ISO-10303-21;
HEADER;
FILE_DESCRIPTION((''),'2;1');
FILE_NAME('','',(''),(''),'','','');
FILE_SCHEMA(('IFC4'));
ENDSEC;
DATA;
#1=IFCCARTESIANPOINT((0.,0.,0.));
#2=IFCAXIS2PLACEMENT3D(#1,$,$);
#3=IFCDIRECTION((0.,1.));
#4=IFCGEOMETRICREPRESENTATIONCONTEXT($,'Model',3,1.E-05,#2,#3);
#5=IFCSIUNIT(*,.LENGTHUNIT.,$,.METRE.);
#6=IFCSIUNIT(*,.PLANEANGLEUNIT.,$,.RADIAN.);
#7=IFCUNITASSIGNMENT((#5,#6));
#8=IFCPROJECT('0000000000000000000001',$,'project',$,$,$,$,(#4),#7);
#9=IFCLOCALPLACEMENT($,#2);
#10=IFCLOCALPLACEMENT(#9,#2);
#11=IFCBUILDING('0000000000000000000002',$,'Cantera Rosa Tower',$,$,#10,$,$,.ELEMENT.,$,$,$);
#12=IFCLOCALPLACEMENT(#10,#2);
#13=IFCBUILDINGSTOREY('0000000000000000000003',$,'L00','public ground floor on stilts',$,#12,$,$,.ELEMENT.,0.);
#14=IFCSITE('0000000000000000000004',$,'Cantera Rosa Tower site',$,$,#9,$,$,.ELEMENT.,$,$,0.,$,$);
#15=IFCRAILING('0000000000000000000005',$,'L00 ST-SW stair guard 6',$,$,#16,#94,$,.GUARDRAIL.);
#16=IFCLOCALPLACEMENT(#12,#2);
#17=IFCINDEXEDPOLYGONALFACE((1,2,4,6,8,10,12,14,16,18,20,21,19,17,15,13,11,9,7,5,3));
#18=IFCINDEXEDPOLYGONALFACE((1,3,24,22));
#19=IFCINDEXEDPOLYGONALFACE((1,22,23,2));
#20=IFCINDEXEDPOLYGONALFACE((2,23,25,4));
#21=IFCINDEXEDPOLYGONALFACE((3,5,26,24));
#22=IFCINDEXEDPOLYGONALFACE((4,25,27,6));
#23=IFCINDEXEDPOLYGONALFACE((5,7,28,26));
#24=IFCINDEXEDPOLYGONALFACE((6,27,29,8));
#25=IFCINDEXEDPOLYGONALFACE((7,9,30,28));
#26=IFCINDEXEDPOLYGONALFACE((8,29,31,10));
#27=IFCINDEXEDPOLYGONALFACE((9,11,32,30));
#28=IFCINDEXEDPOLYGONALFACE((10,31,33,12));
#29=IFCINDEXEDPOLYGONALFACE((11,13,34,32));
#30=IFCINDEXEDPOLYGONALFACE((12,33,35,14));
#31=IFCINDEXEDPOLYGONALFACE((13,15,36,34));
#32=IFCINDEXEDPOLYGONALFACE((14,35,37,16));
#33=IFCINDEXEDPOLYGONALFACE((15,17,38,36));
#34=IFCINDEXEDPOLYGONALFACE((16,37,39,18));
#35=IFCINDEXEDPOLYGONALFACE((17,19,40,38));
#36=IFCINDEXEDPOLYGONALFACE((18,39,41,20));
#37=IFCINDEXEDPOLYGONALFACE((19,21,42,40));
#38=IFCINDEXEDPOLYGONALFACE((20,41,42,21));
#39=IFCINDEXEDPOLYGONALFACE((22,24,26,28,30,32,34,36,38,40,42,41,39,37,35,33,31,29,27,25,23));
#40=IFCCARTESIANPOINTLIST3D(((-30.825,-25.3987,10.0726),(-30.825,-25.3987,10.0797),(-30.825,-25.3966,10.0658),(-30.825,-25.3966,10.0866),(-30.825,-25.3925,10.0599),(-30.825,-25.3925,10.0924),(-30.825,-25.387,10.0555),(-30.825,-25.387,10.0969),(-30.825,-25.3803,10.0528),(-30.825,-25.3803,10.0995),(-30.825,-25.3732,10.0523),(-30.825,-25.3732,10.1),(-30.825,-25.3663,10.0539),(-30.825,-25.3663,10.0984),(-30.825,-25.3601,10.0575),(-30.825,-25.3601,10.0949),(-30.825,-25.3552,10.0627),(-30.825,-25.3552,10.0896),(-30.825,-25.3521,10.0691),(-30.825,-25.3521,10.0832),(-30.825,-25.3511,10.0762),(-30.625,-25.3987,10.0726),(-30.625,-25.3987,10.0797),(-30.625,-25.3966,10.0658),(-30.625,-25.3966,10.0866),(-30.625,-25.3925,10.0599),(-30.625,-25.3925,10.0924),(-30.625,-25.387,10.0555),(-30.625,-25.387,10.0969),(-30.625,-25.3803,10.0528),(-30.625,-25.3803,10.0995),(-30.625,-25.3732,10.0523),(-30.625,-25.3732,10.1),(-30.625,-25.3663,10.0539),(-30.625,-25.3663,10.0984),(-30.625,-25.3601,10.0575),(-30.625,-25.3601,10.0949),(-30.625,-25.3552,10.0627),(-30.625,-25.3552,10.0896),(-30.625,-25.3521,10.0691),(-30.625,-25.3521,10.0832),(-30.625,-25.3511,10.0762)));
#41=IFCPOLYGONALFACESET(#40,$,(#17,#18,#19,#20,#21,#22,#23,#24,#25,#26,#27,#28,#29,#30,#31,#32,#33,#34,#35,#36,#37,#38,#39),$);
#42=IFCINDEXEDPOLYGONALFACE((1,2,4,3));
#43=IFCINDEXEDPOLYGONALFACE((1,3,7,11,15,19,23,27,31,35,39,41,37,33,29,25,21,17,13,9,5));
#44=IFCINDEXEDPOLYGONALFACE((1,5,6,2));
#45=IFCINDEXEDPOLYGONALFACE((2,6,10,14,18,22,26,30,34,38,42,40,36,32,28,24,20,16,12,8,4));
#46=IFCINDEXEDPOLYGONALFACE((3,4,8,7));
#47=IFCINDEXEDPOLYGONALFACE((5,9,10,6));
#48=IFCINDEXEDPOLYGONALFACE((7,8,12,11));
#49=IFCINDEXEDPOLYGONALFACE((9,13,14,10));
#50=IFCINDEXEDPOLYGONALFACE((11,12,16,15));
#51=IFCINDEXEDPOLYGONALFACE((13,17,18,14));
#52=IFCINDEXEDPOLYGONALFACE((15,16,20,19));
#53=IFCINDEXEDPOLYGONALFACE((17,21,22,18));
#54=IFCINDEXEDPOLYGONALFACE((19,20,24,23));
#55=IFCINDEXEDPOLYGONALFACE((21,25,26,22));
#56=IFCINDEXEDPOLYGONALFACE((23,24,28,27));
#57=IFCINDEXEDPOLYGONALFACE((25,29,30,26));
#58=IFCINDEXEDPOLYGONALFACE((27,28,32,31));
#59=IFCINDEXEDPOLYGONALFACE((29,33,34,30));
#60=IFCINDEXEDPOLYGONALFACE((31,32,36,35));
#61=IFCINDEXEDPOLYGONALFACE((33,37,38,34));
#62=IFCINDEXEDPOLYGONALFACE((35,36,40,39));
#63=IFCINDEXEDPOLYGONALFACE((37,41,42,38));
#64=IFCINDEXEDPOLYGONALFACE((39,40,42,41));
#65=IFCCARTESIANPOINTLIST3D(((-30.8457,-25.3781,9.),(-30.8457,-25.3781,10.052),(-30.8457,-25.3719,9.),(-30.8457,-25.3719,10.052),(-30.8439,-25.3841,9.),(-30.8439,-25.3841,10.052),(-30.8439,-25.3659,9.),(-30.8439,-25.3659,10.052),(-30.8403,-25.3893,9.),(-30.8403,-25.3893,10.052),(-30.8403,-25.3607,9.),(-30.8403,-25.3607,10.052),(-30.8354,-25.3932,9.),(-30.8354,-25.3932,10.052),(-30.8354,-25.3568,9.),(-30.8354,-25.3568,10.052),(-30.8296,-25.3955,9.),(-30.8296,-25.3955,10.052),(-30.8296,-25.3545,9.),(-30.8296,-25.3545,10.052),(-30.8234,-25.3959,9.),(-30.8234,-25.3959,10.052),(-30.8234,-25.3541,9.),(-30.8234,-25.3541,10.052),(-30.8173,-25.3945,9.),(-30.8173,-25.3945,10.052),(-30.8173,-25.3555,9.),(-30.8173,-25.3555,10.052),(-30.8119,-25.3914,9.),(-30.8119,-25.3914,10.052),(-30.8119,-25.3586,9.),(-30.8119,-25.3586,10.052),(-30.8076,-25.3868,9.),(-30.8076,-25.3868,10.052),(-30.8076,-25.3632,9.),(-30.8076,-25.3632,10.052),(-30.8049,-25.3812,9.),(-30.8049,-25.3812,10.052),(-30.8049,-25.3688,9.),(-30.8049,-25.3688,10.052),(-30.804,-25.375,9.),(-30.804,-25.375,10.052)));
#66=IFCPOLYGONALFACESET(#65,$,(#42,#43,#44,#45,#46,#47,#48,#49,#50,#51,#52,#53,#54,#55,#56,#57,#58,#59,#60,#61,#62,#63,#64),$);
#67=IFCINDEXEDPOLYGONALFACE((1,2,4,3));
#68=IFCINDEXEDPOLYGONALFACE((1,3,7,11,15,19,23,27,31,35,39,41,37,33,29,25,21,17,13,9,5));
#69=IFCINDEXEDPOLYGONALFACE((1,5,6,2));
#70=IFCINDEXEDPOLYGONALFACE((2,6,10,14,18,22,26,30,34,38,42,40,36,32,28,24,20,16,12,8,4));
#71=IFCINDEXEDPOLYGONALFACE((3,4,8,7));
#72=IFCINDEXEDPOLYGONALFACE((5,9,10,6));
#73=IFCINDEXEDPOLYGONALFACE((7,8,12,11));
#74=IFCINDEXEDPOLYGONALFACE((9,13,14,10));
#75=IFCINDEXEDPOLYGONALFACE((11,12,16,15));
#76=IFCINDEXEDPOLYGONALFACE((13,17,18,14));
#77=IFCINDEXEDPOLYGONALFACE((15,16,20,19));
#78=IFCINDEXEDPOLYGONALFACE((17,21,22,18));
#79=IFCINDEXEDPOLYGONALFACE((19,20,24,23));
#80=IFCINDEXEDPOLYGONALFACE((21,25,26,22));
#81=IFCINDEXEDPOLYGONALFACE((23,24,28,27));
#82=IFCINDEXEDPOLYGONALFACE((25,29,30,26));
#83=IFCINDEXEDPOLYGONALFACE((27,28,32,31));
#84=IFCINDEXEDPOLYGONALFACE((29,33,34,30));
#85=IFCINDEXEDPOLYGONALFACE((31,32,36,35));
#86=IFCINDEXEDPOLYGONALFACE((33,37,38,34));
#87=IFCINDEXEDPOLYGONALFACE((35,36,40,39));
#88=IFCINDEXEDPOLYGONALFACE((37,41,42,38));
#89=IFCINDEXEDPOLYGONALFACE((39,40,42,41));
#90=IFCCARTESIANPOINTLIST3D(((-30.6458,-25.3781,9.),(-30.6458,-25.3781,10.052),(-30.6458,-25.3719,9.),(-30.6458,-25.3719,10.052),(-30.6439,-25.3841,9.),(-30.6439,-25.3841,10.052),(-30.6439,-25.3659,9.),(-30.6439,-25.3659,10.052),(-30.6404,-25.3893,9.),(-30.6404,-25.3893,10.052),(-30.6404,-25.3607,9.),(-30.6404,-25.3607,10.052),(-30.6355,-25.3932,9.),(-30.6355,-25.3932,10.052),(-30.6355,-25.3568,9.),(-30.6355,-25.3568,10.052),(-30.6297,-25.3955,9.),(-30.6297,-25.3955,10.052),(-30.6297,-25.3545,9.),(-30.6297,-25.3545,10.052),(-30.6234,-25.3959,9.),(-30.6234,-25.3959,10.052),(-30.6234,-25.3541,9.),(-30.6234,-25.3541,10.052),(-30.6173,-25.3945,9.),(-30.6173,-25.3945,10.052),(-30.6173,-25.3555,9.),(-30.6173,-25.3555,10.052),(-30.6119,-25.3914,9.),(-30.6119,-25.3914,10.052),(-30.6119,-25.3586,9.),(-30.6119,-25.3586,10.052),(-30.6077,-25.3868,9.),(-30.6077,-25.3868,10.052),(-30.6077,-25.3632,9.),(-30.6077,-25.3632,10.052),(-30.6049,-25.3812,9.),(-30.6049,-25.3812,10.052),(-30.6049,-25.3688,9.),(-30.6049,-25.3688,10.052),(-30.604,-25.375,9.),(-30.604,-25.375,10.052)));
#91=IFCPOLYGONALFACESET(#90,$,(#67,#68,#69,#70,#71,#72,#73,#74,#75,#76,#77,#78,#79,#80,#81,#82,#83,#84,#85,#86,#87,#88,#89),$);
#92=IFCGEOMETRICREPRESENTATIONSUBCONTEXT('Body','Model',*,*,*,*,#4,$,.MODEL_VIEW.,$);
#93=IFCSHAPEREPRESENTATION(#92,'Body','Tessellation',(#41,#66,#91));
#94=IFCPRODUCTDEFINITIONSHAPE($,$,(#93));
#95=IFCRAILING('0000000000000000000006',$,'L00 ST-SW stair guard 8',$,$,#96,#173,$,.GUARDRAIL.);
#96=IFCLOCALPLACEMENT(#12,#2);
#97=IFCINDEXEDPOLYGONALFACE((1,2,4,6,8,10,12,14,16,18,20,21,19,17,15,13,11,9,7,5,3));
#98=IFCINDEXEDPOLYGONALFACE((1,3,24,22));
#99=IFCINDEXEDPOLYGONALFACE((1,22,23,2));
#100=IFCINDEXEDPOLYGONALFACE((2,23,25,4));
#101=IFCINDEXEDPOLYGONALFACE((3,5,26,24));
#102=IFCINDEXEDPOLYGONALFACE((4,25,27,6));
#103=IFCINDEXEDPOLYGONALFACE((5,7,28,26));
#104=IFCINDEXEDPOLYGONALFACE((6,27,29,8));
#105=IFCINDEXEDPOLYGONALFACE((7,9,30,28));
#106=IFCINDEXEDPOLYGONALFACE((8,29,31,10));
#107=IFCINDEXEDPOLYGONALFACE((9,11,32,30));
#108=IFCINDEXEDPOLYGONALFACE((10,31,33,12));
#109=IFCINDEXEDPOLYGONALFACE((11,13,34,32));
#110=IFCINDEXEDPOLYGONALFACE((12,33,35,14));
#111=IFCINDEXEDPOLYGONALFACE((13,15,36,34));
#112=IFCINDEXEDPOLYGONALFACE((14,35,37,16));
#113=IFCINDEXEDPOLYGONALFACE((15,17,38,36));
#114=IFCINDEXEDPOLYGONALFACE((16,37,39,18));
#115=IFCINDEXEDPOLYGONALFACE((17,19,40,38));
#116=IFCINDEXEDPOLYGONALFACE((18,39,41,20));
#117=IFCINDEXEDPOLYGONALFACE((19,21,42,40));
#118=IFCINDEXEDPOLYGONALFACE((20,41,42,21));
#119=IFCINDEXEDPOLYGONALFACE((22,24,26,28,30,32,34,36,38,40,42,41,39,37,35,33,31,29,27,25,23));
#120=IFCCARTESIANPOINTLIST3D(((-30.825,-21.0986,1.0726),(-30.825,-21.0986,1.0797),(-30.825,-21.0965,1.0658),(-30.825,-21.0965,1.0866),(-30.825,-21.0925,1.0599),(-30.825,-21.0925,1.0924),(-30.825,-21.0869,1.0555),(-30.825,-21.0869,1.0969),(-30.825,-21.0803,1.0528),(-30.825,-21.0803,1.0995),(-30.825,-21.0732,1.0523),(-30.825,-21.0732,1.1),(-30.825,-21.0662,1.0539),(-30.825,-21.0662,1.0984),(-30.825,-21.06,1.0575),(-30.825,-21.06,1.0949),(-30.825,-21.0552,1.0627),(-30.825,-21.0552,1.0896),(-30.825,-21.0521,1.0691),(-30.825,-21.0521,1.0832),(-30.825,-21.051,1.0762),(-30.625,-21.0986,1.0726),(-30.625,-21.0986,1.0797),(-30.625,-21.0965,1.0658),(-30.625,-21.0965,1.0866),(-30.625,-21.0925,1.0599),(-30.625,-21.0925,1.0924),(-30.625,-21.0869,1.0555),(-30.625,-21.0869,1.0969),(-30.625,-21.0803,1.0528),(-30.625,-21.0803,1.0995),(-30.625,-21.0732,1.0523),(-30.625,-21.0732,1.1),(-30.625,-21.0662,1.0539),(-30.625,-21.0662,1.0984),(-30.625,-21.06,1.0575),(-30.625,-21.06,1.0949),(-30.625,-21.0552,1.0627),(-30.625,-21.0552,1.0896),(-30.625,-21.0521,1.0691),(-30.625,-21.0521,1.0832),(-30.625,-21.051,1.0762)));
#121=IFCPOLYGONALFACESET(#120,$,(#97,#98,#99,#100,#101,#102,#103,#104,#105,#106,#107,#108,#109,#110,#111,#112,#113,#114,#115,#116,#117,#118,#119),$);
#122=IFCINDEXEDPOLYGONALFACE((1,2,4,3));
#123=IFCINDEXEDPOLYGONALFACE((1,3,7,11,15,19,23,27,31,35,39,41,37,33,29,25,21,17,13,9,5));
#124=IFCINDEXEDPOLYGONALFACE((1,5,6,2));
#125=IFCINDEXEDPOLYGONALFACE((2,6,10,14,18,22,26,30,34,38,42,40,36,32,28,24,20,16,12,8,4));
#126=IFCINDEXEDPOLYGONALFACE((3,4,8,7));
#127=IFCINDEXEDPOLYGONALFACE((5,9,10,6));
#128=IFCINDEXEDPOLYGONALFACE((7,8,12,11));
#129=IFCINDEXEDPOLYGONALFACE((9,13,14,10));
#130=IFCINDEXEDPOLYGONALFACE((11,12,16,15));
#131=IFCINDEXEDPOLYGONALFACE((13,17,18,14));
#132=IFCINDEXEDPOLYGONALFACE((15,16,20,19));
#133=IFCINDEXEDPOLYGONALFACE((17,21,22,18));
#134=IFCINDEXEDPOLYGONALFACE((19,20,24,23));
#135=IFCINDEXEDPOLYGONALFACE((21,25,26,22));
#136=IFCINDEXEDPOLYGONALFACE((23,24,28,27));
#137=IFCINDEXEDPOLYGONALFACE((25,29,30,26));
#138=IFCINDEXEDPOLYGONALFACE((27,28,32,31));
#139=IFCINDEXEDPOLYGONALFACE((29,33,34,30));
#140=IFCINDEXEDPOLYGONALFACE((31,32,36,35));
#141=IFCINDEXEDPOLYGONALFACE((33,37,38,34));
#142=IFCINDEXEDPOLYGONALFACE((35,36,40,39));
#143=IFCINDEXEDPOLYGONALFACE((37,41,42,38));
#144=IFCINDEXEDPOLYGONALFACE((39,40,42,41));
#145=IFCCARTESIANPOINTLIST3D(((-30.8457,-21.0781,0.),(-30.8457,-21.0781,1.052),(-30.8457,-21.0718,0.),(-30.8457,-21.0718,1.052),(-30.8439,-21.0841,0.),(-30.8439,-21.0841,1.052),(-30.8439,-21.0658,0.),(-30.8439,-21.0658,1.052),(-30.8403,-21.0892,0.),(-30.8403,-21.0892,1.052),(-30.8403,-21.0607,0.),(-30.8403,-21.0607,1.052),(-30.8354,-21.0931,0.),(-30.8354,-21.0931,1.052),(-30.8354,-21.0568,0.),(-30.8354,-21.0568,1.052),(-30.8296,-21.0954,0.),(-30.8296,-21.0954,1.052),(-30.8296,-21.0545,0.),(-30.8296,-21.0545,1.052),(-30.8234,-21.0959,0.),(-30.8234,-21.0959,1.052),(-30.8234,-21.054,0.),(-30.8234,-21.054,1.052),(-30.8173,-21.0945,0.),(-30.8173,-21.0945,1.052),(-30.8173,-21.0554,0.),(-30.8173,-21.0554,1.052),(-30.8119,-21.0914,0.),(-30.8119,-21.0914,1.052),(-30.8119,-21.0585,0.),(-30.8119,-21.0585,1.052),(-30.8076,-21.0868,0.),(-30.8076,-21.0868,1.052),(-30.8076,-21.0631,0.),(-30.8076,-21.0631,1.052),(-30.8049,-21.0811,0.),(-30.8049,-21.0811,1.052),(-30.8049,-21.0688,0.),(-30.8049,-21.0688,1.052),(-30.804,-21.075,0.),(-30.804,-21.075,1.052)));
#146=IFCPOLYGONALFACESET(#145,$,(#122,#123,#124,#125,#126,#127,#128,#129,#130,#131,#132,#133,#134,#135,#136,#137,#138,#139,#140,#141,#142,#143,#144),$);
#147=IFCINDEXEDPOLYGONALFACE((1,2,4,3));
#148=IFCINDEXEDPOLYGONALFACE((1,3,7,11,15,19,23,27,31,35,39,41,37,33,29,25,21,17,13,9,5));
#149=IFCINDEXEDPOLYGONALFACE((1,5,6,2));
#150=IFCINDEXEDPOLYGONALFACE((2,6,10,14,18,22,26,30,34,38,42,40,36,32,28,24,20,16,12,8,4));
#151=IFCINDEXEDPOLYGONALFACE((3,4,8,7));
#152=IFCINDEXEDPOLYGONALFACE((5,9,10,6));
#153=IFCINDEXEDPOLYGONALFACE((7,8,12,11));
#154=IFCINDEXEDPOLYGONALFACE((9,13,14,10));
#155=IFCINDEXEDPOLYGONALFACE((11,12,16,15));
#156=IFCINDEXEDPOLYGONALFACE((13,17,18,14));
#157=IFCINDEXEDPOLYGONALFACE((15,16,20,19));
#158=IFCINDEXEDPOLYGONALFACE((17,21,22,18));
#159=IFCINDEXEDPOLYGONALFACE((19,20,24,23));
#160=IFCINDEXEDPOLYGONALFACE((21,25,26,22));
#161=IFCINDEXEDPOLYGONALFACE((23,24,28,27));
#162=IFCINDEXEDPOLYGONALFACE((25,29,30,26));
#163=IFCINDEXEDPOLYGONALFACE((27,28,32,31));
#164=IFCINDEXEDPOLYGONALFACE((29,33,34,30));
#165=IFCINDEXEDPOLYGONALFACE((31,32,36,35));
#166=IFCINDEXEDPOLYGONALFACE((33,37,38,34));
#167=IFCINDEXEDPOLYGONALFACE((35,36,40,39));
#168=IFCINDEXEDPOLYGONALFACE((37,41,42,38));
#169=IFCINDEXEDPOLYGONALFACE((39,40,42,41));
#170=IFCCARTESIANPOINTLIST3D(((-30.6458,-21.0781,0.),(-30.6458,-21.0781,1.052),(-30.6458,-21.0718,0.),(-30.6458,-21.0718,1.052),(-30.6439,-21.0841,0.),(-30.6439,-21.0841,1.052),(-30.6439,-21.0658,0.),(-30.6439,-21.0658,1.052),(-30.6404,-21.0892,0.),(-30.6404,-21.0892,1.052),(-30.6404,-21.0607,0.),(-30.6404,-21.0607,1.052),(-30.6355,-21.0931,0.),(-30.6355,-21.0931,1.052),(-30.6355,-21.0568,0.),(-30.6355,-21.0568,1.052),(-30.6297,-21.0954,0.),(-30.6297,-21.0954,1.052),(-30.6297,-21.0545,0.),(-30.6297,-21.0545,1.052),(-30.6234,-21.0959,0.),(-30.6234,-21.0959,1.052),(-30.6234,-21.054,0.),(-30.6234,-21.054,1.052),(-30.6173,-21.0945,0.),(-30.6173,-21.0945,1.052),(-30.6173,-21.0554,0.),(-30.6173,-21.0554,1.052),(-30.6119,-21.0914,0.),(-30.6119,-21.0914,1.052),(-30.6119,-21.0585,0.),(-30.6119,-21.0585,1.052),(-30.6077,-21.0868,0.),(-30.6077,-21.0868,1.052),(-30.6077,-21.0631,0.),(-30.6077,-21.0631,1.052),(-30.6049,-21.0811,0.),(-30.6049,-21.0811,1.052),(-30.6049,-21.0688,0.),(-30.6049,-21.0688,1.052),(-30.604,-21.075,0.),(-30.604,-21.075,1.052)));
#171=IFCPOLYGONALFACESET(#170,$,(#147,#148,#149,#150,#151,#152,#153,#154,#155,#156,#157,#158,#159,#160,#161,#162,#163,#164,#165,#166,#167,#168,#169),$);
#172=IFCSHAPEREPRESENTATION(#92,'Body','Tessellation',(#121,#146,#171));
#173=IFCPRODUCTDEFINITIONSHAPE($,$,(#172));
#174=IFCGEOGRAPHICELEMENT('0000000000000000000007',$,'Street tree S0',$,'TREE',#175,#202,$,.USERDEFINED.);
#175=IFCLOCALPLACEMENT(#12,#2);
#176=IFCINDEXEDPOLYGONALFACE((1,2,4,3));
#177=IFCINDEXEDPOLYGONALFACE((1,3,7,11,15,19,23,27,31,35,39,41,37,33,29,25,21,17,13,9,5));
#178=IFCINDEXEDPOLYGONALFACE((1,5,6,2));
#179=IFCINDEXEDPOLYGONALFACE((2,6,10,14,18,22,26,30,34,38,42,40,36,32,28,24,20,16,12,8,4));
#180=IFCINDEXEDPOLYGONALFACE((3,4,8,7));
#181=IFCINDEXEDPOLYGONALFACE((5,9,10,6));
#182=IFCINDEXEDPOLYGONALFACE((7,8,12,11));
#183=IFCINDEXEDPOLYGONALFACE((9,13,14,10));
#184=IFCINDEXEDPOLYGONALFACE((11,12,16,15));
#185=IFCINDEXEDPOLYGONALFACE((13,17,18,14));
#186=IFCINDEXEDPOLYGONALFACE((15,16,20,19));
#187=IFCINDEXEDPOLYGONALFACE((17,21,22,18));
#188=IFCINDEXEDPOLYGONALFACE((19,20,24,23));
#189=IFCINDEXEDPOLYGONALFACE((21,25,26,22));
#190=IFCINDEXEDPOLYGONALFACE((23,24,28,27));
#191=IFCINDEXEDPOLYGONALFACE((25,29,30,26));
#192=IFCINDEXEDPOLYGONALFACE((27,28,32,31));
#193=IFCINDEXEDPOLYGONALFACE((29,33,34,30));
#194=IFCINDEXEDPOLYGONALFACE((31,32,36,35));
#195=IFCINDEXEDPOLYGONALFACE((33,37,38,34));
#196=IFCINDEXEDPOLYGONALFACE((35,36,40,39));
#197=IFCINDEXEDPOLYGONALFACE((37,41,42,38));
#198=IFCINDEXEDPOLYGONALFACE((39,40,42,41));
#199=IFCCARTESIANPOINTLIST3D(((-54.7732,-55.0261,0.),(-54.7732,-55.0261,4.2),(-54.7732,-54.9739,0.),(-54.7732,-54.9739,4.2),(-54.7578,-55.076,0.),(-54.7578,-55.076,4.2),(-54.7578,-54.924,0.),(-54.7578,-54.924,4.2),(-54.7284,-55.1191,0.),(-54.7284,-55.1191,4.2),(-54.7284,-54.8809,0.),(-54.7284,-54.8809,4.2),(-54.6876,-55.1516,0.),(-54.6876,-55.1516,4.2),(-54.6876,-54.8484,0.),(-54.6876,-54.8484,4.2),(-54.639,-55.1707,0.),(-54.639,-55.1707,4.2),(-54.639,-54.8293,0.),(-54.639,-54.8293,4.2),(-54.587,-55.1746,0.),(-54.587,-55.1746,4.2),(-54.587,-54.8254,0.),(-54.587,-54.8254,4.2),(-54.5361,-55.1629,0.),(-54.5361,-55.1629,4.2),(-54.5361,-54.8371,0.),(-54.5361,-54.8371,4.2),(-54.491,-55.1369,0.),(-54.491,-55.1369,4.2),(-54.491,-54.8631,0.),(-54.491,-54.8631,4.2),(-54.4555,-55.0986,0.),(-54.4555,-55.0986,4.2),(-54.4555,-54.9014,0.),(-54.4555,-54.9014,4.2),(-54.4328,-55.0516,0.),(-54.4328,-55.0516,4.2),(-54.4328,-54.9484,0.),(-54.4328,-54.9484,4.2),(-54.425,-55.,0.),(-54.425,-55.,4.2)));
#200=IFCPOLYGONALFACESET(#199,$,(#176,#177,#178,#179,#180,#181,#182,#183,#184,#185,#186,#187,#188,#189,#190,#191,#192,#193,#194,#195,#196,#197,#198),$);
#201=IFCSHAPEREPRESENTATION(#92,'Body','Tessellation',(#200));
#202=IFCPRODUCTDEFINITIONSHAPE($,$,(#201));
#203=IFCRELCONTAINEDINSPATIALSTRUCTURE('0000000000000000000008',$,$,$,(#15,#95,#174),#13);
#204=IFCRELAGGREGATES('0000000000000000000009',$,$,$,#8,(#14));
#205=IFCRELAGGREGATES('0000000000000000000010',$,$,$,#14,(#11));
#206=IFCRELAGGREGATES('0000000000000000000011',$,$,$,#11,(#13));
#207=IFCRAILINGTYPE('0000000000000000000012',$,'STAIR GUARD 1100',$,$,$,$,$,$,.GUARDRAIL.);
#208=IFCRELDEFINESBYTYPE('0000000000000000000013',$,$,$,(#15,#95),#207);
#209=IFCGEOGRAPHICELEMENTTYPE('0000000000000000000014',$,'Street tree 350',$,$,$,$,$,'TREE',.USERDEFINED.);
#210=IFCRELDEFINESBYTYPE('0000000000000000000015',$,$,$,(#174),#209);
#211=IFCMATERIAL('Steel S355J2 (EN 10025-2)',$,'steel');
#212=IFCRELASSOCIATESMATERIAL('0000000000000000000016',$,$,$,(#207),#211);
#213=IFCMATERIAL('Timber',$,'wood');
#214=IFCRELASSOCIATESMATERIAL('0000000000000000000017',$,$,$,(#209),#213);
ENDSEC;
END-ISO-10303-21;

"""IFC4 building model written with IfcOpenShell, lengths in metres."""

from ifc_helpers import new_model, si_unit, direction, frame, origin, origin_2d, place, context, subcontext, project, spatial, circle, extrude, material, material_profile, profile_set, type_object, element, save


model = new_model("IFC4")

# Units and contexts
model_context = context("Model", 3, precision=1e-05, world=origin(), true_north=direction((0.0, 1.0)))
body_context = subcontext(model_context, "Body", "Model", "MODEL_VIEW")
ifc_project = project(units=[si_unit("LENGTHUNIT", "METRE"), si_unit("PLANEANGLEUNIT", "RADIAN")], contexts=[model_context])

# Site, building, storey
site_placement = place(None, origin())
site = spatial("IfcSite", under=ifc_project, at=site_placement, Name="Cantera Rosa Tower site", CompositionType="ELEMENT", RefElevation=0.0)
building_placement = place(site_placement, origin())
building = spatial("IfcBuilding", under=site, at=building_placement, Name="Cantera Rosa Tower", CompositionType="ELEMENT")
storey_placement = place(building_placement, origin())
storey = spatial("IfcBuildingStorey", under=building, at=storey_placement, Name="L00", Description="public ground floor on stilts", CompositionType="ELEMENT", Elevation=0.0)

# Railings
ifc_material_1 = material(Name="Steel S355J2 (EN 10025-2)", Category="steel")
railing_type_1 = type_object("IfcRailingType", Name="STAIR GUARD 1100", PredefinedType="GUARDRAIL", material=ifc_material_1)
for number, where, name in (
    (1, (-30.825, -25.375, 9.0), "L00 ST-SW stair guard 6"),
    (2, (-30.825, -21.075, 0.0), "L00 ST-SW stair guard 8"),
):
    element("IfcRailing", number, at=place(storey_placement, frame(where)), inside=storey, type_object=railing_type_1, Name=name, PredefinedType="GUARDRAIL", context=body_context, shape_type="SweptSolid", body=[
        extrude(circle(Radius=0.0239, at=origin_2d()), frame((0.0, 0.0, 1.0762), z_axis=(1.0, 0.0, 0.0), x_axis=(0.0, 1.0, 0.0)), (0.0, 0.0, 1.0), 0.2),
        extrude(circle(Radius=0.021, at=origin_2d()), origin(), (0.0, 0.0, 1.0), 1.052),
        extrude(circle(Radius=0.021, at=origin_2d()), frame((0.2, 0.0, 0.0)), (0.0, 0.0, 1.0), 1.052),
    ])

# Geographic element
ifc_material_2 = material(Name="Timber", Category="wood")
ifc_material_profile_1 = material_profile(ifc_material_2, circle(Radius=0.175, at=origin_2d()), Name="Street tree 350")
ifc_profile_set_1 = profile_set([ifc_material_profile_1], Name="Timber")
geographic_element_type = type_object("IfcGeographicElementType", Name="Street tree 350", ElementType="TREE", PredefinedType="USERDEFINED", material=ifc_profile_set_1)
for number, where, z_axis, x_axis, name in (
    (3, (-54.6001, -55.0, 0.0), (0.0, 0.0, 1.0), (1.0, 0.0, 0.0), "Street tree S0"),
):
    element("IfcGeographicElement", number, at=place(storey_placement, frame(where, z_axis=z_axis, x_axis=x_axis)), inside=storey, type_object=geographic_element_type, Name=name, ObjectType="TREE", PredefinedType="USERDEFINED", context=body_context, shape_type="SweptSolid", body=[
        extrude(circle(Radius=0.175, at=origin_2d()), origin(), (0.0, 0.0, 1.0), 4.2),
    ])

save(model, "model.ifc")
